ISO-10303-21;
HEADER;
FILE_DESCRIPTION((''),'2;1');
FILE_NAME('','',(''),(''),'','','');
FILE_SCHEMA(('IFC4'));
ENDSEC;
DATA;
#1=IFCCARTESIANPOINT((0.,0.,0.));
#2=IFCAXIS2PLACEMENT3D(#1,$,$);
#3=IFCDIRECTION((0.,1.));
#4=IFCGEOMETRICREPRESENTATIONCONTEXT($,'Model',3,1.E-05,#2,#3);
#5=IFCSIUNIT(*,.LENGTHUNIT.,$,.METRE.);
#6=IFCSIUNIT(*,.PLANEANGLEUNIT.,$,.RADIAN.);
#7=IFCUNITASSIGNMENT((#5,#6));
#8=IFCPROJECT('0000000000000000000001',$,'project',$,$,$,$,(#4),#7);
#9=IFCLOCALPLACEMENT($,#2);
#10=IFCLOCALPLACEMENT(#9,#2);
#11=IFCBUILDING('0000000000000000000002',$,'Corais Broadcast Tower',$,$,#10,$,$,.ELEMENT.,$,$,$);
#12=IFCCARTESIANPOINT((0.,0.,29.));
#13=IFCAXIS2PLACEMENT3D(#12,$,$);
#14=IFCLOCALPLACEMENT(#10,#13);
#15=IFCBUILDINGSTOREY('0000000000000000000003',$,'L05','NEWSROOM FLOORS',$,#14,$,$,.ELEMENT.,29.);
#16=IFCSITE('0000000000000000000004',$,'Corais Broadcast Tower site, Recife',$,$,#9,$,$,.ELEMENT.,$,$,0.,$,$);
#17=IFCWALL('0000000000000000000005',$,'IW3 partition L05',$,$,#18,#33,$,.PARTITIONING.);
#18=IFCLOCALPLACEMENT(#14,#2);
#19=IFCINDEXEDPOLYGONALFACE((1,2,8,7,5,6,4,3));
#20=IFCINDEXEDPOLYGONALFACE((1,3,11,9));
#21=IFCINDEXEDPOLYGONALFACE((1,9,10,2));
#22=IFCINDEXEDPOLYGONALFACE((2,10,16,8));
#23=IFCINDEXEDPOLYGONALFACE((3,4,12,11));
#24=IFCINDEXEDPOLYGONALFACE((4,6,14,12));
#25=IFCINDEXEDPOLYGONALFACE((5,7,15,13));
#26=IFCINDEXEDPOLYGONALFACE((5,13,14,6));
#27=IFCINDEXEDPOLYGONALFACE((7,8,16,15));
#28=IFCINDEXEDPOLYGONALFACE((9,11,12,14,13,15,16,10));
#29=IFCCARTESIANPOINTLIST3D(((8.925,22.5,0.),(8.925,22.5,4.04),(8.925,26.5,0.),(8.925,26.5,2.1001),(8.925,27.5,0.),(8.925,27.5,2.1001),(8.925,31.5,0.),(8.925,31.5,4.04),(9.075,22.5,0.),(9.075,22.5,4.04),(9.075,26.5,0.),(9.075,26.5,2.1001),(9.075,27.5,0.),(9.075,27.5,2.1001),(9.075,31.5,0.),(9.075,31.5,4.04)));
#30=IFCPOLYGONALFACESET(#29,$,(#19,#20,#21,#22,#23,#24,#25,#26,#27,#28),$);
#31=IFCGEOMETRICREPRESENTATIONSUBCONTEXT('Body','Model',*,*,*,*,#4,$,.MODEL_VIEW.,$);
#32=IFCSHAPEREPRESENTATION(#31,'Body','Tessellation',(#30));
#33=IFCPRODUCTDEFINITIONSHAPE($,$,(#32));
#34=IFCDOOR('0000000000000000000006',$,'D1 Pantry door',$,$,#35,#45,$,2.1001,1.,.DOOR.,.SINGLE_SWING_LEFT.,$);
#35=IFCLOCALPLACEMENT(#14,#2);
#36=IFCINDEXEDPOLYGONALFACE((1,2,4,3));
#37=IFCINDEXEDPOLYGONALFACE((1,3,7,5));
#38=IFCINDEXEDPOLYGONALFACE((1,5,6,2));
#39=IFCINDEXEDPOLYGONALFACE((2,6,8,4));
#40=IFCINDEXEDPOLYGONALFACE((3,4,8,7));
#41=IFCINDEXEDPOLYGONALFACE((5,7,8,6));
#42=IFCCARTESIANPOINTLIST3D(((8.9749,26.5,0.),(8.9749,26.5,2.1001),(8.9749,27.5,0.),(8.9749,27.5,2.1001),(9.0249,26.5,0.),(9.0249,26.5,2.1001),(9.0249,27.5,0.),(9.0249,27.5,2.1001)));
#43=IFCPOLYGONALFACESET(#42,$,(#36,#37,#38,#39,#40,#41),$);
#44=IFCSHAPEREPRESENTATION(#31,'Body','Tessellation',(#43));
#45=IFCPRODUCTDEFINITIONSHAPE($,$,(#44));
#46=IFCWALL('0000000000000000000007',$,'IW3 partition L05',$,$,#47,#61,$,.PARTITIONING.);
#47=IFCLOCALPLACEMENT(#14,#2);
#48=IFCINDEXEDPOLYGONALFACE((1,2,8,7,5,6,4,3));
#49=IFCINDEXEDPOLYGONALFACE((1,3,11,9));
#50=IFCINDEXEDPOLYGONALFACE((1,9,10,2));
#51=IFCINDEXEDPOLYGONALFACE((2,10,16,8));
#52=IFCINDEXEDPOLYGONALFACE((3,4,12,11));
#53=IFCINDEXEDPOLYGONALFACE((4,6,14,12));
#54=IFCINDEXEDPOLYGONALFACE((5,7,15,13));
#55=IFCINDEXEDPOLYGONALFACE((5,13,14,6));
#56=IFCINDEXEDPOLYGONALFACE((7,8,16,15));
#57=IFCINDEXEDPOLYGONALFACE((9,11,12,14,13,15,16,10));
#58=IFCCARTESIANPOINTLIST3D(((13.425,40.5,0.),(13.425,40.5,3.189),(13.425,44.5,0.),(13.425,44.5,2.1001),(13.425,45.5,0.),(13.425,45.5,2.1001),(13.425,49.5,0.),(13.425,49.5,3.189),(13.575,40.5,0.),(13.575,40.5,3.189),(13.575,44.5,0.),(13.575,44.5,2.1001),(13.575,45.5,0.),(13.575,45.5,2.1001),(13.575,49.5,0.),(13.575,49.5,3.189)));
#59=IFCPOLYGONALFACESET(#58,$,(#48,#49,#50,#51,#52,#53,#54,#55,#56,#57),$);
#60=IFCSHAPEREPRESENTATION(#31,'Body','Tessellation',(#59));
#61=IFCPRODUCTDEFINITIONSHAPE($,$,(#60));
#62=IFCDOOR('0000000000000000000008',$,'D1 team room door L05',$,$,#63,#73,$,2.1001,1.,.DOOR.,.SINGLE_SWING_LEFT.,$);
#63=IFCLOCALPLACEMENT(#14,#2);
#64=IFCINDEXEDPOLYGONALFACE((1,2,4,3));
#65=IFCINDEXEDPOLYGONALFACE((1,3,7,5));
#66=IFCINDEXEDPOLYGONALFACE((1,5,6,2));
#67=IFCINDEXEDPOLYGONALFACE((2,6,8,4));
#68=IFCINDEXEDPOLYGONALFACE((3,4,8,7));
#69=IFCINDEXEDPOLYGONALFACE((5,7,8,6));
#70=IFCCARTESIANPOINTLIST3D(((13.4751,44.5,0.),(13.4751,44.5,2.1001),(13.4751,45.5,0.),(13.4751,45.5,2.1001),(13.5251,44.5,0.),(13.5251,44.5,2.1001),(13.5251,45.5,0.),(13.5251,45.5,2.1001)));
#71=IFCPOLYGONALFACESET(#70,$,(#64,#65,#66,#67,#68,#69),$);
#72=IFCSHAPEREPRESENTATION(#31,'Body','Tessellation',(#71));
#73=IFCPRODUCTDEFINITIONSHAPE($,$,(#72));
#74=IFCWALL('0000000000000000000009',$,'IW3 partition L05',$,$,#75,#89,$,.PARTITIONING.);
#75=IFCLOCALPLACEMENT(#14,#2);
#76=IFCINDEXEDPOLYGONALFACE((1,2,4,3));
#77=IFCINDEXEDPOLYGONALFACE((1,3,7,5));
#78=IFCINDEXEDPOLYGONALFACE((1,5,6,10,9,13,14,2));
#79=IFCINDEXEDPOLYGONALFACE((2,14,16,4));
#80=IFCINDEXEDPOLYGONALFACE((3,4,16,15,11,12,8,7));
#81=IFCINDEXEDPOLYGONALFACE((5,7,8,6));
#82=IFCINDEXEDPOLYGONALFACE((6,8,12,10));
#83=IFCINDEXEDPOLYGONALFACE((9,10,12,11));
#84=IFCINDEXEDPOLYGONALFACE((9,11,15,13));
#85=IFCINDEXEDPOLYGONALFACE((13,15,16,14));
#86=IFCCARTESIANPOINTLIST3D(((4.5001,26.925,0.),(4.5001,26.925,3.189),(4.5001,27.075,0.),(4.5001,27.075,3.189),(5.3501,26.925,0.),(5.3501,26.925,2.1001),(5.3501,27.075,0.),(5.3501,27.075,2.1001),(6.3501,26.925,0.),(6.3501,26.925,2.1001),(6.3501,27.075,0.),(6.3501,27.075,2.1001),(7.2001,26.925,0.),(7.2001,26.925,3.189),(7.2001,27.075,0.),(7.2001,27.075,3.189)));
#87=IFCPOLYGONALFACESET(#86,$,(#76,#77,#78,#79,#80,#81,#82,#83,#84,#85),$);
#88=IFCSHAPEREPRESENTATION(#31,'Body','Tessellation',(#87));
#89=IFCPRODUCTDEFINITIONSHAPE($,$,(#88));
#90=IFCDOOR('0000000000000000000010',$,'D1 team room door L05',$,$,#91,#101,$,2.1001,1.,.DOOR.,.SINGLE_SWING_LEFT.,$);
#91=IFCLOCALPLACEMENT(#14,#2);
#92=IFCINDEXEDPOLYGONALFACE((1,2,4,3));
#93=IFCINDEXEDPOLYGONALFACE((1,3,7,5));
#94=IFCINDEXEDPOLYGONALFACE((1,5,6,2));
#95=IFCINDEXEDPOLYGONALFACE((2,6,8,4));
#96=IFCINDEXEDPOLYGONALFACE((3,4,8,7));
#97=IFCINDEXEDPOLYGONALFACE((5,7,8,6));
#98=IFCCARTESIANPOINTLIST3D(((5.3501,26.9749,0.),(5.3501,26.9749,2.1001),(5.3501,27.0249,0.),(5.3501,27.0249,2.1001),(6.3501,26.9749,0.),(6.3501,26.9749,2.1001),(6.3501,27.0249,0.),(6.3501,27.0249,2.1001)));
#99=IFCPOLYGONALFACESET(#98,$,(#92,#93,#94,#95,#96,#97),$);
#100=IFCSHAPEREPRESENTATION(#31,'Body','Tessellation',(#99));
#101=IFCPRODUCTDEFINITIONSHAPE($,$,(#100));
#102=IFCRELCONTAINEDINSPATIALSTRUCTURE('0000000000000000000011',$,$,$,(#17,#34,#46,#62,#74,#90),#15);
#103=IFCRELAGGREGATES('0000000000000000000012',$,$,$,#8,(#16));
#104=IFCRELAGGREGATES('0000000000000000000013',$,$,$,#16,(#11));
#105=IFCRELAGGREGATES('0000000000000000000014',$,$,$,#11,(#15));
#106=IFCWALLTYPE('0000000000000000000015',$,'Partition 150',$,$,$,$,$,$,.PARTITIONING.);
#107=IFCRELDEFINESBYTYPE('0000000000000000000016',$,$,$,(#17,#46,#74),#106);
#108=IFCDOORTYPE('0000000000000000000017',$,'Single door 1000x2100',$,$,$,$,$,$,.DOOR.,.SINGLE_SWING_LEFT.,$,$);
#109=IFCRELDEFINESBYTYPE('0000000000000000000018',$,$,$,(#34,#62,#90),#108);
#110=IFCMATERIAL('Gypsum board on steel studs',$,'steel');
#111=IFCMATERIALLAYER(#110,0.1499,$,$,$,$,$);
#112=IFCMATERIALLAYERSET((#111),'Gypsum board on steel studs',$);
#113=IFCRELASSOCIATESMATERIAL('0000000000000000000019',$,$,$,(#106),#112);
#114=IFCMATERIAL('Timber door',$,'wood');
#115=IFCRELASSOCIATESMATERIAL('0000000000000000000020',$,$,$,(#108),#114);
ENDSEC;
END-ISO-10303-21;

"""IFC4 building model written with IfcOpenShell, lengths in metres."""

from ifc_helpers import new_model, si_unit, direction, frame, frame_2d, origin, place, context, subcontext, project, spatial, rectangle, extrude, material, layer, layer_set, type_object, element, fill, save


model = new_model("IFC4")

# Units and contexts
model_context = context("Model", 3, precision=1e-05, world=origin(), true_north=direction((0.0, 1.0)))
body_context = subcontext(model_context, "Body", "Model", "MODEL_VIEW")
ifc_project = project(units=[si_unit("LENGTHUNIT", "METRE"), si_unit("PLANEANGLEUNIT", "RADIAN")], contexts=[model_context])

# Site, building, storey
site_placement = place(None, origin())
site = spatial("IfcSite", under=ifc_project, at=site_placement, Name="Corais Broadcast Tower site, Recife", CompositionType="ELEMENT", RefElevation=0.0)
building_placement = place(site_placement, origin())
building = spatial("IfcBuilding", under=site, at=building_placement, Name="Corais Broadcast Tower", CompositionType="ELEMENT")
storey_placement = place(building_placement, frame((0.0, 0.0, 29.0)))
storey = spatial("IfcBuildingStorey", under=building, at=storey_placement, Name="L05", Description="NEWSROOM FLOORS", CompositionType="ELEMENT", Elevation=29.0)

# Shared definitions
ifc_material_1 = material(Name="Gypsum board on steel studs", Category="steel")
ifc_layer_1 = layer(ifc_material_1, 0.1499)
ifc_layer_set_1 = layer_set([ifc_layer_1], Name="Gypsum board on steel studs")
wall_type_1 = type_object("IfcWallType", Name="Partition 150", PredefinedType="PARTITIONING", material=ifc_layer_set_1)
ifc_material_2 = material(Name="Timber door", Category="wood")
door_type_1 = type_object("IfcDoorType", Name="Single door 1000x2100", OperationType="SINGLE_SWING_LEFT", PredefinedType="DOOR", material=ifc_material_2)

# Walls, openings, doors
wall_1_placement = place(storey_placement, frame((9.0, 31.5, 0.0), z_axis=(0.0, 0.0, 1.0), x_axis=(0.0, -1.0, 0.0)))
wall_1 = element("IfcWall", 1, at=wall_1_placement, inside=storey, type_object=wall_type_1, Name="IW3 partition L05", PredefinedType="PARTITIONING", context=body_context, shape_type="SweptSolid", body=[
    extrude(rectangle(XDim=9.0, YDim=0.1499, at=frame_2d((4.5, 0.0))), origin(), (0.0, 0.0, 1.0), 4.04),
])
opening_1_placement = place(wall_1_placement, frame((4.0, 0.0, 0.0)))
opening_1 = element("IfcOpeningElement", 2, at=opening_1_placement, cuts=wall_1, PredefinedType="OPENING", context=body_context, shape_type="SweptSolid", body=[
    extrude(rectangle(XDim=1.0, YDim=2.1001, at=frame_2d((0.5, 1.05))), frame((0.0, 0.085, 0.0), z_axis=(0.0, -1.0, 0.0), x_axis=(1.0, 0.0, 0.0)), (0.0, 0.0, 1.0), 0.1699),
])
door_1_placement = place(opening_1_placement, origin())
door_1 = element("IfcDoor", 3, at=door_1_placement, inside=storey, type_object=door_type_1, Name="D1 Pantry door", OperationType="SINGLE_SWING_LEFT", OverallHeight=2.1001, OverallWidth=1.0, PredefinedType="DOOR", context=body_context, shape_type="SweptSolid", body=[
    extrude(rectangle(XDim=1.0, YDim=2.1001, at=frame_2d((0.5, 1.05))), frame((0.0, 0.0249, 0.0), z_axis=(0.0, -1.0, 0.0), x_axis=(1.0, 0.0, 0.0)), (0.0, 0.0, 1.0), 0.05),
])
fill(opening_1, door_1)
wall_2_placement = place(storey_placement, frame((13.5, 40.5, 0.0), z_axis=(0.0, 0.0, 1.0), x_axis=(0.0, 1.0, 0.0)))
wall_2 = element("IfcWall", 4, at=wall_2_placement, inside=storey, type_object=wall_type_1, Name="IW3 partition L05", PredefinedType="PARTITIONING", context=body_context, shape_type="SweptSolid", body=[
    extrude(rectangle(XDim=9.0, YDim=0.1499, at=frame_2d((4.5, 0.0))), origin(), (0.0, 0.0, 1.0), 3.189),
])
opening_2_placement = place(wall_2_placement, frame((4.0, 0.0, 0.0)))
opening_2 = element("IfcOpeningElement", 5, at=opening_2_placement, cuts=wall_2, PredefinedType="OPENING", context=body_context, shape_type="SweptSolid", body=[
    extrude(rectangle(XDim=1.0, YDim=2.1001, at=frame_2d((0.5, 1.05))), frame((0.0, 0.085, 0.0), z_axis=(0.0, -1.0, 0.0), x_axis=(1.0, 0.0, 0.0)), (0.0, 0.0, 1.0), 0.1699),
])
door_2_placement = place(opening_2_placement, origin())
door_2 = element("IfcDoor", 6, at=door_2_placement, inside=storey, type_object=door_type_1, Name="D1 team room door L05", OperationType="SINGLE_SWING_LEFT", OverallHeight=2.1001, OverallWidth=1.0, PredefinedType="DOOR", context=body_context, shape_type="SweptSolid", body=[
    extrude(rectangle(XDim=1.0, YDim=2.1001, at=frame_2d((0.5, 1.05))), frame((0.0, 0.0249, 0.0), z_axis=(0.0, -1.0, 0.0), x_axis=(1.0, 0.0, 0.0)), (0.0, 0.0, 1.0), 0.05),
])
fill(opening_2, door_2)
wall_3_placement = place(storey_placement, frame((4.5, 27.0, 0.0), z_axis=(0.0, 0.0, 1.0), x_axis=(1.0, 0.0, 0.0)))
wall_3 = element("IfcWall", 7, at=wall_3_placement, inside=storey, type_object=wall_type_1, Name="IW3 partition L05", PredefinedType="PARTITIONING", context=body_context, shape_type="SweptSolid", body=[
    extrude(rectangle(XDim=2.7, YDim=0.1499, at=frame_2d((1.3501, 0.0))), origin(), (0.0, 0.0, 1.0), 3.189),
])
opening_3_placement = place(wall_3_placement, frame((0.8501, 0.0, 0.0)))
opening_3 = element("IfcOpeningElement", 8, at=opening_3_placement, cuts=wall_3, PredefinedType="OPENING", context=body_context, shape_type="SweptSolid", body=[
    extrude(rectangle(XDim=1.0, YDim=2.1001, at=frame_2d((0.5, 1.05))), frame((0.0, 0.085, 0.0), z_axis=(0.0, -1.0, 0.0), x_axis=(1.0, 0.0, 0.0)), (0.0, 0.0, 1.0), 0.1699),
])
door_3_placement = place(opening_3_placement, origin())
door_3 = element("IfcDoor", 9, at=door_3_placement, inside=storey, type_object=door_type_1, Name="D1 team room door L05", OperationType="SINGLE_SWING_LEFT", OverallHeight=2.1001, OverallWidth=1.0, PredefinedType="DOOR", context=body_context, shape_type="SweptSolid", body=[
    extrude(rectangle(XDim=1.0, YDim=2.1001, at=frame_2d((0.5, 1.05))), frame((0.0, 0.0249, 0.0), z_axis=(0.0, -1.0, 0.0), x_axis=(1.0, 0.0, 0.0)), (0.0, 0.0, 1.0), 0.05),
])
fill(opening_3, door_3)

save(model, "model.ifc")
